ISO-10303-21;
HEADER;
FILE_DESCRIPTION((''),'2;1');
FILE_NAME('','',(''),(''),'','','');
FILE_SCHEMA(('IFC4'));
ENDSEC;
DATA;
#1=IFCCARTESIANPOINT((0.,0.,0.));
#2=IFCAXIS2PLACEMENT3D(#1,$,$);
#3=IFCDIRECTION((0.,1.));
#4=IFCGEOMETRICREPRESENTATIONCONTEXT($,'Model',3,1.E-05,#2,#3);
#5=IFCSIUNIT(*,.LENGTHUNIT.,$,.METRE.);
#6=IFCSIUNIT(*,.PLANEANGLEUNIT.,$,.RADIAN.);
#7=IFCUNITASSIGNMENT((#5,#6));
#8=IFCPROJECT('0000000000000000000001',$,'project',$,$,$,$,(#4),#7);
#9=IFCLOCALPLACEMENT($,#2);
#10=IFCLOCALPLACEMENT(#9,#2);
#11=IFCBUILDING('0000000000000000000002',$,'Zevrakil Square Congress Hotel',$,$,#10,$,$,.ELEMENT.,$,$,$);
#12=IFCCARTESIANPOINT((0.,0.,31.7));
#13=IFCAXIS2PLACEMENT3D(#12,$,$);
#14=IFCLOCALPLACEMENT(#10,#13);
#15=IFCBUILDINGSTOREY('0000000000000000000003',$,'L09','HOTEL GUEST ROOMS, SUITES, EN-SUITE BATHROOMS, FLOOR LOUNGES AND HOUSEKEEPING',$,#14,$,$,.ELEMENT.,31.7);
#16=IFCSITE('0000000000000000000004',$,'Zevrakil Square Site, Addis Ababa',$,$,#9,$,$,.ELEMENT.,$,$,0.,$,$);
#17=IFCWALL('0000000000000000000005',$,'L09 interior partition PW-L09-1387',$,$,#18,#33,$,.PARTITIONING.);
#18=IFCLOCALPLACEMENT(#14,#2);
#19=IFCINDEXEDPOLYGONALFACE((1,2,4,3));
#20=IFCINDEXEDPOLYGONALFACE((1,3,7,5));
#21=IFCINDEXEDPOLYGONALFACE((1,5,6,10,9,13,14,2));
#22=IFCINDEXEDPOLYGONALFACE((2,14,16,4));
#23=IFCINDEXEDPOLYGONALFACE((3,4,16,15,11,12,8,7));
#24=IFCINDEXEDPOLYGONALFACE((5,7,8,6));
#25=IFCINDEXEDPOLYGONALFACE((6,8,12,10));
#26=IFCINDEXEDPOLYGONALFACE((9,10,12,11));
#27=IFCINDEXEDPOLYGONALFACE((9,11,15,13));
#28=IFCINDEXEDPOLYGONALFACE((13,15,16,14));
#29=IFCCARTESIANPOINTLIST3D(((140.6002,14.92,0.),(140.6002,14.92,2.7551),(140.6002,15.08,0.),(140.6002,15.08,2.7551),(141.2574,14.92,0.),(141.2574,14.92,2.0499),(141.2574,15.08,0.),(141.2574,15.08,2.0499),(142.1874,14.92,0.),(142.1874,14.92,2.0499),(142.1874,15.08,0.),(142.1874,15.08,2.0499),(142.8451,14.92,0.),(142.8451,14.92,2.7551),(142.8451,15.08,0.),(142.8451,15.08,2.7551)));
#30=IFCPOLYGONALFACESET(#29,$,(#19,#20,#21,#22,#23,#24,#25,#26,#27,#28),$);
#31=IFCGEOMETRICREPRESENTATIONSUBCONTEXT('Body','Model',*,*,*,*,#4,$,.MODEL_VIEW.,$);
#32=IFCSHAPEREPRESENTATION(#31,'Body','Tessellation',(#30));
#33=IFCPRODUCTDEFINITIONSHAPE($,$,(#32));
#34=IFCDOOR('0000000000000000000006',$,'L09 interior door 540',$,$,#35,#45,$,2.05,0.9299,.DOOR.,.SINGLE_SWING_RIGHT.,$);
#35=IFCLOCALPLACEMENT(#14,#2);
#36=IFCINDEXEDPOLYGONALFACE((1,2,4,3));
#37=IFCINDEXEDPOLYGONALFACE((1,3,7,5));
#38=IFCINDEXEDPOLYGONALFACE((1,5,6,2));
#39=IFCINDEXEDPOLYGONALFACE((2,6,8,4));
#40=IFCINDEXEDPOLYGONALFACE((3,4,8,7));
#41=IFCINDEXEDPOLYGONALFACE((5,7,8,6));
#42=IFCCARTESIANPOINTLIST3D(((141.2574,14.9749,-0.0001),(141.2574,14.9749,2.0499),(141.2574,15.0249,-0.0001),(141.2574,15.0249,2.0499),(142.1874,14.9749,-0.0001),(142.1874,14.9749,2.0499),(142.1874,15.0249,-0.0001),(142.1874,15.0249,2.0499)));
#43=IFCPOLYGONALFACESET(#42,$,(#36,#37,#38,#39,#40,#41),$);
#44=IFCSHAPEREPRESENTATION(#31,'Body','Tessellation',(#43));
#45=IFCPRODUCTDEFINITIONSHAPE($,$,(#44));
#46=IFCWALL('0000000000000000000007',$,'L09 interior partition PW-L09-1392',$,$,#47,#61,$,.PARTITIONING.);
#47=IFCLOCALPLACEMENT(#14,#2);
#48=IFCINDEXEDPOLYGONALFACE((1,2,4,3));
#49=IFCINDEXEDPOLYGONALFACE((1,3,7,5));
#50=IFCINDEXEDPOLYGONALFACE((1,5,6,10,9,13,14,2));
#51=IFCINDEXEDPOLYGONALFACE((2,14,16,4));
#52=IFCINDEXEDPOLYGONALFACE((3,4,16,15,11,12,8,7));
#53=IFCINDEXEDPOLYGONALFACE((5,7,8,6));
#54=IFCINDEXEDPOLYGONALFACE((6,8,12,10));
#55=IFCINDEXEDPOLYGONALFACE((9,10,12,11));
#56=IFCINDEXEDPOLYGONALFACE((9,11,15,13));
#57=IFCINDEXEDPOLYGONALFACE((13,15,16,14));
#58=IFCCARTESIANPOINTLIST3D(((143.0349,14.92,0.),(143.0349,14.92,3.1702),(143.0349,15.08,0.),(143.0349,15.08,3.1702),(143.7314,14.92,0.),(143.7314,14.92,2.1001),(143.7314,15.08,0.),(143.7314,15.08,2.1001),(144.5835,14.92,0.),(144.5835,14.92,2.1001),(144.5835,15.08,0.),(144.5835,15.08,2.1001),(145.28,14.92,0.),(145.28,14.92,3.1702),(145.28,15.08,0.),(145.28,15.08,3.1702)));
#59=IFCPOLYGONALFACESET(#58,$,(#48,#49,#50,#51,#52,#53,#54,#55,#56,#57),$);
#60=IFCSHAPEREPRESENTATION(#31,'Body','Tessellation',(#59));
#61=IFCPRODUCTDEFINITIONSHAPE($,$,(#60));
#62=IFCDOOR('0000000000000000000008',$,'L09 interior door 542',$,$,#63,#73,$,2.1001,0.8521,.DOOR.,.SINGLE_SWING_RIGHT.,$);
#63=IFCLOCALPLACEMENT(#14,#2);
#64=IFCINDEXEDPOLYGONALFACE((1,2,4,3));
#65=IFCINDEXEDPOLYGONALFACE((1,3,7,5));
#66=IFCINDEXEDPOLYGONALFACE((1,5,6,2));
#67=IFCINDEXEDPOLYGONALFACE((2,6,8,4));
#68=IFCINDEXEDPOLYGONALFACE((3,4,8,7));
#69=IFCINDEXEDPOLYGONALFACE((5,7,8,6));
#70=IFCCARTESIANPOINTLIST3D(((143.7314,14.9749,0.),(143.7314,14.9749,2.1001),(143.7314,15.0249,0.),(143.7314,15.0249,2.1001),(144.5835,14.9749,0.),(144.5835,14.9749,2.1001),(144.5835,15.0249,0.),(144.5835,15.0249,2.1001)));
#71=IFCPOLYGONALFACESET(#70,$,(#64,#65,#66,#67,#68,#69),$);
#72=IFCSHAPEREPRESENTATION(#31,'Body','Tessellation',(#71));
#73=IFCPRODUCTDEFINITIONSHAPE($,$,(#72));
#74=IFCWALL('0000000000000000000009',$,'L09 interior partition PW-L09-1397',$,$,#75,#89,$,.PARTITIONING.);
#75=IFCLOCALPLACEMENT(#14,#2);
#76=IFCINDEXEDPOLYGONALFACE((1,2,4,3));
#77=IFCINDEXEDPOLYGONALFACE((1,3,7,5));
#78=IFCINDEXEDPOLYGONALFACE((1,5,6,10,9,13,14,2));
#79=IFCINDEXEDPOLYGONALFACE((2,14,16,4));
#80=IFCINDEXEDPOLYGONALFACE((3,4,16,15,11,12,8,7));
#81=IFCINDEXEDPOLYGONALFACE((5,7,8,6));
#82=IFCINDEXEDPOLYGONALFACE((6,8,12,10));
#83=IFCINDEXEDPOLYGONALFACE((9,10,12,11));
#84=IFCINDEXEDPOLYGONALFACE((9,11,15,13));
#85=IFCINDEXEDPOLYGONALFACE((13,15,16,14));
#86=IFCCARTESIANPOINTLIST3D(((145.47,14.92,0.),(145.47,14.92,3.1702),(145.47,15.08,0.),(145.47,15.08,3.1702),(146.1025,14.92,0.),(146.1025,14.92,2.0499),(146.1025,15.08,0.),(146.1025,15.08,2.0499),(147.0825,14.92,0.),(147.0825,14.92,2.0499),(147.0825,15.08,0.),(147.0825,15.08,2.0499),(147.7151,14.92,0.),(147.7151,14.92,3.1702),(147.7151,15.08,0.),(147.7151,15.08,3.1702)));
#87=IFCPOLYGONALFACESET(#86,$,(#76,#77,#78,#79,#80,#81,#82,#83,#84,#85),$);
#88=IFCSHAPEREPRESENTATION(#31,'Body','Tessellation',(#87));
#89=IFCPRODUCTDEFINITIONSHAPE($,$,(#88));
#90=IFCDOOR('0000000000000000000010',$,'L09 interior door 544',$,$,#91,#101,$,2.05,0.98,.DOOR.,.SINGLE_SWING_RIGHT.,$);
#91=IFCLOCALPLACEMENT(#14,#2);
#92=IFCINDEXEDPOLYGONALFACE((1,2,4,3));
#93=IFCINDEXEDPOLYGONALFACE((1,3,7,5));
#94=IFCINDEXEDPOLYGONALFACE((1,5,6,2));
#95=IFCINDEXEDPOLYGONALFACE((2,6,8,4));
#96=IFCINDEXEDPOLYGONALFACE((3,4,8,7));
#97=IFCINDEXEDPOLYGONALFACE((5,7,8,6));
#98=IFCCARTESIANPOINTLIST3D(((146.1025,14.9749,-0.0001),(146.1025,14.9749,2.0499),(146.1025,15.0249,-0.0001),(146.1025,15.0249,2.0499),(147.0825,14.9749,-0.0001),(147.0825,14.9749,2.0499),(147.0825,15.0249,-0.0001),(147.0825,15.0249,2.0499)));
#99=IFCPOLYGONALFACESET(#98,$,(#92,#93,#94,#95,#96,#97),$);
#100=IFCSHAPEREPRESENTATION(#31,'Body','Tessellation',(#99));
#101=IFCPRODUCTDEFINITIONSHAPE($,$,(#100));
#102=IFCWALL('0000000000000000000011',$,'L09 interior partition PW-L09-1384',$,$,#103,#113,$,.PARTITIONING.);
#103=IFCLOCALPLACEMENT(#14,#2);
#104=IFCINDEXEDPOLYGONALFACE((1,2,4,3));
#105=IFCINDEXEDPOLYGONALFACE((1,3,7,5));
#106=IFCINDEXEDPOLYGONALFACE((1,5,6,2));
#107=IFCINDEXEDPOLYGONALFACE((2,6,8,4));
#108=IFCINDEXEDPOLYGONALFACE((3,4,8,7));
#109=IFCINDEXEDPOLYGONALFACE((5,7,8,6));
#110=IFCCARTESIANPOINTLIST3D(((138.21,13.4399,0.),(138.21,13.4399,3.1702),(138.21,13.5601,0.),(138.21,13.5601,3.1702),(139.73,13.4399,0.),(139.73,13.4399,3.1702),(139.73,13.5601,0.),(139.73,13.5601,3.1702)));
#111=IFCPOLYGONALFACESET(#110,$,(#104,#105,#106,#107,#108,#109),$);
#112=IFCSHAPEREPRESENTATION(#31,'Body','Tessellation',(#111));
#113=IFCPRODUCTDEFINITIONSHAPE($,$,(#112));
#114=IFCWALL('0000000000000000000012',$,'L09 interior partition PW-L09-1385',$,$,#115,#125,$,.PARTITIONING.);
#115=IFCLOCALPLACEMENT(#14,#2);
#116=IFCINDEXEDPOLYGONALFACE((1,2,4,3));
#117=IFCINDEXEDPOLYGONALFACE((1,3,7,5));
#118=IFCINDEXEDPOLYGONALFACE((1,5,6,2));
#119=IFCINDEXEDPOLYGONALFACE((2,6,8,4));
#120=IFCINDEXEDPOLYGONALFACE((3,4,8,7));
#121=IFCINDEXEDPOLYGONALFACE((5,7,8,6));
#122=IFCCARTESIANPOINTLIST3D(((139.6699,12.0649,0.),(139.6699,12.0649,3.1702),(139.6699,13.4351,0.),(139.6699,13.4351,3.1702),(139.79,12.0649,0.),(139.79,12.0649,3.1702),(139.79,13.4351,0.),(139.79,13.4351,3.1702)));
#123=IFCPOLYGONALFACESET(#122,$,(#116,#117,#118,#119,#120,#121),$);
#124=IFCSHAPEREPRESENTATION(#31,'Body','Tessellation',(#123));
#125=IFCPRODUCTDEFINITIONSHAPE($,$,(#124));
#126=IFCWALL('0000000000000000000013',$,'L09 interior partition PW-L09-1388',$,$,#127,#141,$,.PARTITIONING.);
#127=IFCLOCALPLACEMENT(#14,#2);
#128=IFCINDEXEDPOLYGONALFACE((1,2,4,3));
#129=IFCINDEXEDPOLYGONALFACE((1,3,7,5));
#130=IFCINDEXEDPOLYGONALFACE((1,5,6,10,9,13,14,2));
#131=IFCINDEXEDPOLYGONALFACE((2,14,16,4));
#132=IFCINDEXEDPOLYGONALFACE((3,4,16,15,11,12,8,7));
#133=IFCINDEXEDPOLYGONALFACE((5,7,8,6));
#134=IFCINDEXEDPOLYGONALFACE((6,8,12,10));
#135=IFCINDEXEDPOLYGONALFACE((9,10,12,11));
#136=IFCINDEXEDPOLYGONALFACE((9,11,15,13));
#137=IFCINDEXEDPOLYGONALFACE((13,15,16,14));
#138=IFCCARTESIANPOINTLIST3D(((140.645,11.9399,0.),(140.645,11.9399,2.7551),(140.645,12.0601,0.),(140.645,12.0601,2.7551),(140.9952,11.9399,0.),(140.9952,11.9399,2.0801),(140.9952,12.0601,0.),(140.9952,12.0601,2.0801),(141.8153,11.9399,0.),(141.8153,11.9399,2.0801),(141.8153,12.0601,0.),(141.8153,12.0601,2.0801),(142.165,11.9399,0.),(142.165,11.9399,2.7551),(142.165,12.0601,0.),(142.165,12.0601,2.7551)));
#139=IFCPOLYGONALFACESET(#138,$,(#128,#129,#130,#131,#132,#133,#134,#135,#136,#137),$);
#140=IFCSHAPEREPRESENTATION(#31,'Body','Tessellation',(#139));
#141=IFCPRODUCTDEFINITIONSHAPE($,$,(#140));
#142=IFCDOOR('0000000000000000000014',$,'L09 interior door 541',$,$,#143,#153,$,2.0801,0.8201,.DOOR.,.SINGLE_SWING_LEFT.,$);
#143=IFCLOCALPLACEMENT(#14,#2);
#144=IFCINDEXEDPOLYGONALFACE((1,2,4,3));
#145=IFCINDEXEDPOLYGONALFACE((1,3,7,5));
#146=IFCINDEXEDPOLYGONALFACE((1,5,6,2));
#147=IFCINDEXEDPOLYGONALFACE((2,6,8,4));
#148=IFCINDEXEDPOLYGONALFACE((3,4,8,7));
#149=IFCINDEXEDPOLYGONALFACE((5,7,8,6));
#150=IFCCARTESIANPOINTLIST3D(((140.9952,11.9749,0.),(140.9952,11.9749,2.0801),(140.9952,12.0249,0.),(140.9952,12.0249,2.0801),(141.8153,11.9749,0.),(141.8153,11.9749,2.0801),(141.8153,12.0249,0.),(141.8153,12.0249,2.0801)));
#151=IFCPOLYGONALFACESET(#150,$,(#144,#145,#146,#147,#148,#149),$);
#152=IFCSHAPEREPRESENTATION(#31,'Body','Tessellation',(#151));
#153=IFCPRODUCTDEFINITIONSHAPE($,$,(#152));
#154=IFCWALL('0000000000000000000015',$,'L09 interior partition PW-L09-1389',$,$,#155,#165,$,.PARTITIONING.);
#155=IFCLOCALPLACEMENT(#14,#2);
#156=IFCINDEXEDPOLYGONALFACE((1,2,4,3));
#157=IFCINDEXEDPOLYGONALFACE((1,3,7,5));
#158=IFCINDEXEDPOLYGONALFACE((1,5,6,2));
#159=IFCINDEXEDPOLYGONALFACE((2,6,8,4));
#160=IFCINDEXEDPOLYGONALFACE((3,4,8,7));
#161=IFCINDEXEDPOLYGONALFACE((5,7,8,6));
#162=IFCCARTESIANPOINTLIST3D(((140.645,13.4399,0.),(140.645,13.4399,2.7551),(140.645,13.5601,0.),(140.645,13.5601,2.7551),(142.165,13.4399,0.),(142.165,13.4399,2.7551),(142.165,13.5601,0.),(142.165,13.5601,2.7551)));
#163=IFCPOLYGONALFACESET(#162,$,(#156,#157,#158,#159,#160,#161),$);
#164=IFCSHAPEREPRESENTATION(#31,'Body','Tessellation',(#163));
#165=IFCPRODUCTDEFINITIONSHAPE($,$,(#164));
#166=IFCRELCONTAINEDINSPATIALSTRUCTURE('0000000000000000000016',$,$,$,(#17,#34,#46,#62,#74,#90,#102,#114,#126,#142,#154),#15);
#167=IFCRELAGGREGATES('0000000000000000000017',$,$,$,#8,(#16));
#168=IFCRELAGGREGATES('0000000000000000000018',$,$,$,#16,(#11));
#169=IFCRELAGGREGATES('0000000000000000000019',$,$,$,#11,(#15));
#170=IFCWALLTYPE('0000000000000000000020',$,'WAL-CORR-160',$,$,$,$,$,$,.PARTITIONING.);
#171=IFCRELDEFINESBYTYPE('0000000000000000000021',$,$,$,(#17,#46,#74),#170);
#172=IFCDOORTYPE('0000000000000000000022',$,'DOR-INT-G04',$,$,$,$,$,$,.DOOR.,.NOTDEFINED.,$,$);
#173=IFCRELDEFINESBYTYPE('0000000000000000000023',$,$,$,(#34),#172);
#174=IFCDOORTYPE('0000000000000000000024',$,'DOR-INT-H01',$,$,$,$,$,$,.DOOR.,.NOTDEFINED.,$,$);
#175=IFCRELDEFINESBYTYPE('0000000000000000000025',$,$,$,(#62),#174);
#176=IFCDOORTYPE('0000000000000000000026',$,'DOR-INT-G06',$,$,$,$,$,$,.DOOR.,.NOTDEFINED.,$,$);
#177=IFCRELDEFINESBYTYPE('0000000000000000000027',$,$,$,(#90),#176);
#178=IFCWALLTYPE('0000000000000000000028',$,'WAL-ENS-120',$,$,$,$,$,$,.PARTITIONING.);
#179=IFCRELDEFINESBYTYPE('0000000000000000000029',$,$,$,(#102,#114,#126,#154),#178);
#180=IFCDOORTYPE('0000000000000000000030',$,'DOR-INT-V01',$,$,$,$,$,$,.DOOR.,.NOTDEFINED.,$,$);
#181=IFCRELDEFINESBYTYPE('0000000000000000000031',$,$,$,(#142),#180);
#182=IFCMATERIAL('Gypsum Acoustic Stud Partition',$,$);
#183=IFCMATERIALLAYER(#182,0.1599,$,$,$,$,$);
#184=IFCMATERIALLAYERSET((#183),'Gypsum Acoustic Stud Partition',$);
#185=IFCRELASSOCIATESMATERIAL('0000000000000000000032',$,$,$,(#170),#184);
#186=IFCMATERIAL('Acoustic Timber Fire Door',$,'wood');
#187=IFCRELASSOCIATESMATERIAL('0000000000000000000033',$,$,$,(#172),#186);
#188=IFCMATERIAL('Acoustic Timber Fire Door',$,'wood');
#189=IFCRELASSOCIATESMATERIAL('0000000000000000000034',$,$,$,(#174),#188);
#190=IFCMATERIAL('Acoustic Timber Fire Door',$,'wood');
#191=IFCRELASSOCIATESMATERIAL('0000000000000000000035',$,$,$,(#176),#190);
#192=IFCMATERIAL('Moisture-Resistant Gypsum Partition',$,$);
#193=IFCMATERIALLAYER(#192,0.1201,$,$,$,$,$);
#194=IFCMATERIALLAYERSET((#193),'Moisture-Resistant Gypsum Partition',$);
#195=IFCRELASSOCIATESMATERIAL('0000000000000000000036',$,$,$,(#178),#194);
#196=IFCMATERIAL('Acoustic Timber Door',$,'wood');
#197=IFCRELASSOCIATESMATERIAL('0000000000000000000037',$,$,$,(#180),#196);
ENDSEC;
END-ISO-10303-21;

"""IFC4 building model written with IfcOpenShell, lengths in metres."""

from ifc_helpers import new_model, si_unit, direction, frame, frame_2d, origin, place, context, subcontext, project, spatial, rectangle, extrude, material, layer, layer_set, type_object, element, fill, save


model = new_model("IFC4")

# Units and contexts
model_context = context("Model", 3, precision=1e-05, world=origin(), true_north=direction((0.0, 1.0)))
body_context = subcontext(model_context, "Body", "Model", "MODEL_VIEW")
ifc_project = project(units=[si_unit("LENGTHUNIT", "METRE"), si_unit("PLANEANGLEUNIT", "RADIAN")], contexts=[model_context])

# Site, building, storey
site_placement = place(None, origin())
site = spatial("IfcSite", under=ifc_project, at=site_placement, Name="Zevrakil Square Site, Addis Ababa", CompositionType="ELEMENT", RefElevation=0.0)
building_placement = place(site_placement, origin())
building = spatial("IfcBuilding", under=site, at=building_placement, Name="Zevrakil Square Congress Hotel", CompositionType="ELEMENT")
storey_placement = place(building_placement, frame((0.0, 0.0, 31.7)))
storey = spatial("IfcBuildingStorey", under=building, at=storey_placement, Name="L09", Description="HOTEL GUEST ROOMS, SUITES, EN-SUITE BATHROOMS, FLOOR LOUNGES AND HOUSEKEEPING", CompositionType="ELEMENT", Elevation=31.7)

# Walls, openings, doors
ifc_material_1 = material(Name="Gypsum Acoustic Stud Partition")
ifc_layer_1 = layer(ifc_material_1, 0.1599)
ifc_layer_set_1 = layer_set([ifc_layer_1], Name="Gypsum Acoustic Stud Partition")
wall_type_1 = type_object("IfcWallType", Name="WAL-CORR-160", PredefinedType="PARTITIONING", material=ifc_layer_set_1)
wall_1_placement = place(storey_placement, frame((140.6001, 15.0, 0.0), z_axis=(0.0, 0.0, 1.0), x_axis=(1.0, 0.0, 0.0)))
wall_1 = element("IfcWall", 1, at=wall_1_placement, inside=storey, type_object=wall_type_1, Name="L09 interior partition PW-L09-1387", PredefinedType="PARTITIONING", context=body_context, shape_type="SweptSolid", body=[
    extrude(rectangle(XDim=2.2449, YDim=0.1599, at=frame_2d((1.1226, 0.0))), origin(), (0.0, 0.0, 1.0), 2.7551),
])
opening_1_placement = place(wall_1_placement, frame((0.6575, 0.0, 0.0)))
opening_1 = element("IfcOpeningElement", 2, at=opening_1_placement, cuts=wall_1, PredefinedType="OPENING", context=body_context, shape_type="SweptSolid", body=[
    extrude(rectangle(XDim=0.9299, YDim=2.05, at=frame_2d((0.4648, 1.0249))), frame((0.0, 0.0898, 0.0), z_axis=(0.0, -1.0, 0.0), x_axis=(1.0, 0.0, 0.0)), (0.0, 0.0, 1.0), 0.1799),
])
ifc_material_2 = material(Name="Acoustic Timber Fire Door", Category="wood")
door_type_1 = type_object("IfcDoorType", Name="DOR-INT-G04", OperationType="NOTDEFINED", PredefinedType="DOOR", material=ifc_material_2)
door_1_placement = place(opening_1_placement, origin())
door_1 = element("IfcDoor", 3, at=door_1_placement, inside=storey, type_object=door_type_1, Name="L09 interior door 540", OperationType="SINGLE_SWING_RIGHT", OverallHeight=2.05, OverallWidth=0.9299, PredefinedType="DOOR", context=body_context, shape_type="SweptSolid", body=[
    extrude(rectangle(XDim=0.9299, YDim=2.05, at=frame_2d((0.4648, 1.0249))), frame((0.0, 0.0249, 0.0), z_axis=(0.0, -1.0, 0.0), x_axis=(1.0, 0.0, 0.0)), (0.0, 0.0, 1.0), 0.05),
])
fill(opening_1, door_1)
wall_2_placement = place(storey_placement, frame((143.0349, 15.0, 0.0), z_axis=(0.0, 0.0, 1.0), x_axis=(1.0, 0.0, 0.0)))
wall_2 = element("IfcWall", 4, at=wall_2_placement, inside=storey, type_object=wall_type_1, Name="L09 interior partition PW-L09-1392", PredefinedType="PARTITIONING", context=body_context, shape_type="SweptSolid", body=[
    extrude(rectangle(XDim=2.2451, YDim=0.1599, at=frame_2d((1.1226, 0.0))), origin(), (0.0, 0.0, 1.0), 3.1702),
])
opening_2_placement = place(wall_2_placement, frame((0.6965, 0.0, 0.0)))
opening_2 = element("IfcOpeningElement", 5, at=opening_2_placement, cuts=wall_2, PredefinedType="OPENING", context=body_context, shape_type="SweptSolid", body=[
    extrude(rectangle(XDim=0.8521, YDim=2.1001, at=frame_2d((0.426, 1.05))), frame((0.0, 0.0898, 0.0), z_axis=(0.0, -1.0, 0.0), x_axis=(1.0, 0.0, 0.0)), (0.0, 0.0, 1.0), 0.1799),
])
ifc_material_3 = material(Name="Acoustic Timber Fire Door", Category="wood")
door_type_2 = type_object("IfcDoorType", Name="DOR-INT-H01", OperationType="NOTDEFINED", PredefinedType="DOOR", material=ifc_material_3)
door_2_placement = place(opening_2_placement, origin())
door_2 = element("IfcDoor", 6, at=door_2_placement, inside=storey, type_object=door_type_2, Name="L09 interior door 542", OperationType="SINGLE_SWING_RIGHT", OverallHeight=2.1001, OverallWidth=0.8521, PredefinedType="DOOR", context=body_context, shape_type="SweptSolid", body=[
    extrude(rectangle(XDim=0.8521, YDim=2.1001, at=frame_2d((0.426, 1.05))), frame((0.0, 0.0249, 0.0), z_axis=(0.0, -1.0, 0.0), x_axis=(1.0, 0.0, 0.0)), (0.0, 0.0, 1.0), 0.05),
])
fill(opening_2, door_2)
wall_3_placement = place(storey_placement, frame((145.47, 15.0, 0.0), z_axis=(0.0, 0.0, 1.0), x_axis=(1.0, 0.0, 0.0)))
wall_3 = element("IfcWall", 7, at=wall_3_placement, inside=storey, type_object=wall_type_1, Name="L09 interior partition PW-L09-1397", PredefinedType="PARTITIONING", context=body_context, shape_type="SweptSolid", body=[
    extrude(rectangle(XDim=2.2451, YDim=0.1599, at=frame_2d((1.1226, 0.0))), origin(), (0.0, 0.0, 1.0), 3.1702),
])
opening_3_placement = place(wall_3_placement, frame((0.6326, 0.0, 0.0)))
opening_3 = element("IfcOpeningElement", 8, at=opening_3_placement, cuts=wall_3, PredefinedType="OPENING", context=body_context, shape_type="SweptSolid", body=[
    extrude(rectangle(XDim=0.98, YDim=2.05, at=frame_2d((0.49, 1.0249))), frame((0.0, 0.0898, 0.0), z_axis=(0.0, -1.0, 0.0), x_axis=(1.0, 0.0, 0.0)), (0.0, 0.0, 1.0), 0.1799),
])
ifc_material_4 = material(Name="Acoustic Timber Fire Door", Category="wood")
door_type_3 = type_object("IfcDoorType", Name="DOR-INT-G06", OperationType="NOTDEFINED", PredefinedType="DOOR", material=ifc_material_4)
door_3_placement = place(opening_3_placement, origin())
door_3 = element("IfcDoor", 9, at=door_3_placement, inside=storey, type_object=door_type_3, Name="L09 interior door 544", OperationType="SINGLE_SWING_RIGHT", OverallHeight=2.05, OverallWidth=0.98, PredefinedType="DOOR", context=body_context, shape_type="SweptSolid", body=[
    extrude(rectangle(XDim=0.98, YDim=2.05, at=frame_2d((0.49, 1.0249))), frame((0.0, 0.0249, 0.0), z_axis=(0.0, -1.0, 0.0), x_axis=(1.0, 0.0, 0.0)), (0.0, 0.0, 1.0), 0.05),
])
fill(opening_3, door_3)

# Walls
ifc_material_5 = material(Name="Moisture-Resistant Gypsum Partition")
ifc_layer_2 = layer(ifc_material_5, 0.1201)
ifc_layer_set_2 = layer_set([ifc_layer_2], Name="Moisture-Resistant Gypsum Partition")
wall_type_2 = type_object("IfcWallType", Name="WAL-ENS-120", PredefinedType="PARTITIONING", material=ifc_layer_set_2)
wall_4_placement = place(storey_placement, frame((138.21, 13.5, 0.0), z_axis=(0.0, 0.0, 1.0), x_axis=(1.0, 0.0, 0.0)))
element("IfcWall", 10, at=wall_4_placement, inside=storey, type_object=wall_type_2, Name="L09 interior partition PW-L09-1384", PredefinedType="PARTITIONING", context=body_context, shape_type="SweptSolid", body=[
    extrude(rectangle(XDim=1.52, YDim=0.1201, at=frame_2d((0.76, 0.0))), origin(), (0.0, 0.0, 1.0), 3.1702),
])
wall_5_placement = place(storey_placement, frame((139.73, 12.0649, 0.0), z_axis=(0.0, 0.0, 1.0), x_axis=(0.0, 1.0, 0.0)))
element("IfcWall", 11, at=wall_5_placement, inside=storey, type_object=wall_type_2, Name="L09 interior partition PW-L09-1385", PredefinedType="PARTITIONING", context=body_context, shape_type="SweptSolid", body=[
    extrude(rectangle(XDim=1.3701, YDim=0.1201, at=frame_2d((0.6851, 0.0))), origin(), (0.0, 0.0, 1.0), 3.1702),
])

# Wall, opening, door
wall_6_placement = place(storey_placement, frame((140.645, 12.0, 0.0), z_axis=(0.0, 0.0, 1.0), x_axis=(1.0, 0.0, 0.0)))
wall_6 = element("IfcWall", 12, at=wall_6_placement, inside=storey, type_object=wall_type_2, Name="L09 interior partition PW-L09-1388", PredefinedType="PARTITIONING", context=body_context, shape_type="SweptSolid", body=[
    extrude(rectangle(XDim=1.52, YDim=0.1201, at=frame_2d((0.76, 0.0))), origin(), (0.0, 0.0, 1.0), 2.7551),
])
opening_4_placement = place(wall_6_placement, frame((0.3501, 0.0, 0.0)))
opening_4 = element("IfcOpeningElement", 13, at=opening_4_placement, cuts=wall_6, PredefinedType="OPENING", context=body_context, shape_type="SweptSolid", body=[
    extrude(rectangle(XDim=0.8201, YDim=2.0801, at=frame_2d((0.4102, 1.04))), frame((0.0, 0.0701, 0.0), z_axis=(0.0, -1.0, 0.0), x_axis=(1.0, 0.0, 0.0)), (0.0, 0.0, 1.0), 0.1401),
])
ifc_material_6 = material(Name="Acoustic Timber Door", Category="wood")
door_type_4 = type_object("IfcDoorType", Name="DOR-INT-V01", OperationType="NOTDEFINED", PredefinedType="DOOR", material=ifc_material_6)
door_4_placement = place(opening_4_placement, origin())
door_4 = element("IfcDoor", 14, at=door_4_placement, inside=storey, type_object=door_type_4, Name="L09 interior door 541", OperationType="SINGLE_SWING_LEFT", OverallHeight=2.0801, OverallWidth=0.8201, PredefinedType="DOOR", context=body_context, shape_type="SweptSolid", body=[
    extrude(rectangle(XDim=0.8201, YDim=2.0801, at=frame_2d((0.4102, 1.04))), frame((0.0, 0.0249, 0.0), z_axis=(0.0, -1.0, 0.0), x_axis=(1.0, 0.0, 0.0)), (0.0, 0.0, 1.0), 0.05),
])
fill(opening_4, door_4)

# Wall
wall_7_placement = place(storey_placement, frame((140.645, 13.5, 0.0), z_axis=(0.0, 0.0, 1.0), x_axis=(1.0, 0.0, 0.0)))
element("IfcWall", 15, at=wall_7_placement, inside=storey, type_object=wall_type_2, Name="L09 interior partition PW-L09-1389", PredefinedType="PARTITIONING", context=body_context, shape_type="SweptSolid", body=[
    extrude(rectangle(XDim=1.52, YDim=0.1201, at=frame_2d((0.76, 0.0))), origin(), (0.0, 0.0, 1.0), 2.7551),
])

save(model, "model.ifc")
